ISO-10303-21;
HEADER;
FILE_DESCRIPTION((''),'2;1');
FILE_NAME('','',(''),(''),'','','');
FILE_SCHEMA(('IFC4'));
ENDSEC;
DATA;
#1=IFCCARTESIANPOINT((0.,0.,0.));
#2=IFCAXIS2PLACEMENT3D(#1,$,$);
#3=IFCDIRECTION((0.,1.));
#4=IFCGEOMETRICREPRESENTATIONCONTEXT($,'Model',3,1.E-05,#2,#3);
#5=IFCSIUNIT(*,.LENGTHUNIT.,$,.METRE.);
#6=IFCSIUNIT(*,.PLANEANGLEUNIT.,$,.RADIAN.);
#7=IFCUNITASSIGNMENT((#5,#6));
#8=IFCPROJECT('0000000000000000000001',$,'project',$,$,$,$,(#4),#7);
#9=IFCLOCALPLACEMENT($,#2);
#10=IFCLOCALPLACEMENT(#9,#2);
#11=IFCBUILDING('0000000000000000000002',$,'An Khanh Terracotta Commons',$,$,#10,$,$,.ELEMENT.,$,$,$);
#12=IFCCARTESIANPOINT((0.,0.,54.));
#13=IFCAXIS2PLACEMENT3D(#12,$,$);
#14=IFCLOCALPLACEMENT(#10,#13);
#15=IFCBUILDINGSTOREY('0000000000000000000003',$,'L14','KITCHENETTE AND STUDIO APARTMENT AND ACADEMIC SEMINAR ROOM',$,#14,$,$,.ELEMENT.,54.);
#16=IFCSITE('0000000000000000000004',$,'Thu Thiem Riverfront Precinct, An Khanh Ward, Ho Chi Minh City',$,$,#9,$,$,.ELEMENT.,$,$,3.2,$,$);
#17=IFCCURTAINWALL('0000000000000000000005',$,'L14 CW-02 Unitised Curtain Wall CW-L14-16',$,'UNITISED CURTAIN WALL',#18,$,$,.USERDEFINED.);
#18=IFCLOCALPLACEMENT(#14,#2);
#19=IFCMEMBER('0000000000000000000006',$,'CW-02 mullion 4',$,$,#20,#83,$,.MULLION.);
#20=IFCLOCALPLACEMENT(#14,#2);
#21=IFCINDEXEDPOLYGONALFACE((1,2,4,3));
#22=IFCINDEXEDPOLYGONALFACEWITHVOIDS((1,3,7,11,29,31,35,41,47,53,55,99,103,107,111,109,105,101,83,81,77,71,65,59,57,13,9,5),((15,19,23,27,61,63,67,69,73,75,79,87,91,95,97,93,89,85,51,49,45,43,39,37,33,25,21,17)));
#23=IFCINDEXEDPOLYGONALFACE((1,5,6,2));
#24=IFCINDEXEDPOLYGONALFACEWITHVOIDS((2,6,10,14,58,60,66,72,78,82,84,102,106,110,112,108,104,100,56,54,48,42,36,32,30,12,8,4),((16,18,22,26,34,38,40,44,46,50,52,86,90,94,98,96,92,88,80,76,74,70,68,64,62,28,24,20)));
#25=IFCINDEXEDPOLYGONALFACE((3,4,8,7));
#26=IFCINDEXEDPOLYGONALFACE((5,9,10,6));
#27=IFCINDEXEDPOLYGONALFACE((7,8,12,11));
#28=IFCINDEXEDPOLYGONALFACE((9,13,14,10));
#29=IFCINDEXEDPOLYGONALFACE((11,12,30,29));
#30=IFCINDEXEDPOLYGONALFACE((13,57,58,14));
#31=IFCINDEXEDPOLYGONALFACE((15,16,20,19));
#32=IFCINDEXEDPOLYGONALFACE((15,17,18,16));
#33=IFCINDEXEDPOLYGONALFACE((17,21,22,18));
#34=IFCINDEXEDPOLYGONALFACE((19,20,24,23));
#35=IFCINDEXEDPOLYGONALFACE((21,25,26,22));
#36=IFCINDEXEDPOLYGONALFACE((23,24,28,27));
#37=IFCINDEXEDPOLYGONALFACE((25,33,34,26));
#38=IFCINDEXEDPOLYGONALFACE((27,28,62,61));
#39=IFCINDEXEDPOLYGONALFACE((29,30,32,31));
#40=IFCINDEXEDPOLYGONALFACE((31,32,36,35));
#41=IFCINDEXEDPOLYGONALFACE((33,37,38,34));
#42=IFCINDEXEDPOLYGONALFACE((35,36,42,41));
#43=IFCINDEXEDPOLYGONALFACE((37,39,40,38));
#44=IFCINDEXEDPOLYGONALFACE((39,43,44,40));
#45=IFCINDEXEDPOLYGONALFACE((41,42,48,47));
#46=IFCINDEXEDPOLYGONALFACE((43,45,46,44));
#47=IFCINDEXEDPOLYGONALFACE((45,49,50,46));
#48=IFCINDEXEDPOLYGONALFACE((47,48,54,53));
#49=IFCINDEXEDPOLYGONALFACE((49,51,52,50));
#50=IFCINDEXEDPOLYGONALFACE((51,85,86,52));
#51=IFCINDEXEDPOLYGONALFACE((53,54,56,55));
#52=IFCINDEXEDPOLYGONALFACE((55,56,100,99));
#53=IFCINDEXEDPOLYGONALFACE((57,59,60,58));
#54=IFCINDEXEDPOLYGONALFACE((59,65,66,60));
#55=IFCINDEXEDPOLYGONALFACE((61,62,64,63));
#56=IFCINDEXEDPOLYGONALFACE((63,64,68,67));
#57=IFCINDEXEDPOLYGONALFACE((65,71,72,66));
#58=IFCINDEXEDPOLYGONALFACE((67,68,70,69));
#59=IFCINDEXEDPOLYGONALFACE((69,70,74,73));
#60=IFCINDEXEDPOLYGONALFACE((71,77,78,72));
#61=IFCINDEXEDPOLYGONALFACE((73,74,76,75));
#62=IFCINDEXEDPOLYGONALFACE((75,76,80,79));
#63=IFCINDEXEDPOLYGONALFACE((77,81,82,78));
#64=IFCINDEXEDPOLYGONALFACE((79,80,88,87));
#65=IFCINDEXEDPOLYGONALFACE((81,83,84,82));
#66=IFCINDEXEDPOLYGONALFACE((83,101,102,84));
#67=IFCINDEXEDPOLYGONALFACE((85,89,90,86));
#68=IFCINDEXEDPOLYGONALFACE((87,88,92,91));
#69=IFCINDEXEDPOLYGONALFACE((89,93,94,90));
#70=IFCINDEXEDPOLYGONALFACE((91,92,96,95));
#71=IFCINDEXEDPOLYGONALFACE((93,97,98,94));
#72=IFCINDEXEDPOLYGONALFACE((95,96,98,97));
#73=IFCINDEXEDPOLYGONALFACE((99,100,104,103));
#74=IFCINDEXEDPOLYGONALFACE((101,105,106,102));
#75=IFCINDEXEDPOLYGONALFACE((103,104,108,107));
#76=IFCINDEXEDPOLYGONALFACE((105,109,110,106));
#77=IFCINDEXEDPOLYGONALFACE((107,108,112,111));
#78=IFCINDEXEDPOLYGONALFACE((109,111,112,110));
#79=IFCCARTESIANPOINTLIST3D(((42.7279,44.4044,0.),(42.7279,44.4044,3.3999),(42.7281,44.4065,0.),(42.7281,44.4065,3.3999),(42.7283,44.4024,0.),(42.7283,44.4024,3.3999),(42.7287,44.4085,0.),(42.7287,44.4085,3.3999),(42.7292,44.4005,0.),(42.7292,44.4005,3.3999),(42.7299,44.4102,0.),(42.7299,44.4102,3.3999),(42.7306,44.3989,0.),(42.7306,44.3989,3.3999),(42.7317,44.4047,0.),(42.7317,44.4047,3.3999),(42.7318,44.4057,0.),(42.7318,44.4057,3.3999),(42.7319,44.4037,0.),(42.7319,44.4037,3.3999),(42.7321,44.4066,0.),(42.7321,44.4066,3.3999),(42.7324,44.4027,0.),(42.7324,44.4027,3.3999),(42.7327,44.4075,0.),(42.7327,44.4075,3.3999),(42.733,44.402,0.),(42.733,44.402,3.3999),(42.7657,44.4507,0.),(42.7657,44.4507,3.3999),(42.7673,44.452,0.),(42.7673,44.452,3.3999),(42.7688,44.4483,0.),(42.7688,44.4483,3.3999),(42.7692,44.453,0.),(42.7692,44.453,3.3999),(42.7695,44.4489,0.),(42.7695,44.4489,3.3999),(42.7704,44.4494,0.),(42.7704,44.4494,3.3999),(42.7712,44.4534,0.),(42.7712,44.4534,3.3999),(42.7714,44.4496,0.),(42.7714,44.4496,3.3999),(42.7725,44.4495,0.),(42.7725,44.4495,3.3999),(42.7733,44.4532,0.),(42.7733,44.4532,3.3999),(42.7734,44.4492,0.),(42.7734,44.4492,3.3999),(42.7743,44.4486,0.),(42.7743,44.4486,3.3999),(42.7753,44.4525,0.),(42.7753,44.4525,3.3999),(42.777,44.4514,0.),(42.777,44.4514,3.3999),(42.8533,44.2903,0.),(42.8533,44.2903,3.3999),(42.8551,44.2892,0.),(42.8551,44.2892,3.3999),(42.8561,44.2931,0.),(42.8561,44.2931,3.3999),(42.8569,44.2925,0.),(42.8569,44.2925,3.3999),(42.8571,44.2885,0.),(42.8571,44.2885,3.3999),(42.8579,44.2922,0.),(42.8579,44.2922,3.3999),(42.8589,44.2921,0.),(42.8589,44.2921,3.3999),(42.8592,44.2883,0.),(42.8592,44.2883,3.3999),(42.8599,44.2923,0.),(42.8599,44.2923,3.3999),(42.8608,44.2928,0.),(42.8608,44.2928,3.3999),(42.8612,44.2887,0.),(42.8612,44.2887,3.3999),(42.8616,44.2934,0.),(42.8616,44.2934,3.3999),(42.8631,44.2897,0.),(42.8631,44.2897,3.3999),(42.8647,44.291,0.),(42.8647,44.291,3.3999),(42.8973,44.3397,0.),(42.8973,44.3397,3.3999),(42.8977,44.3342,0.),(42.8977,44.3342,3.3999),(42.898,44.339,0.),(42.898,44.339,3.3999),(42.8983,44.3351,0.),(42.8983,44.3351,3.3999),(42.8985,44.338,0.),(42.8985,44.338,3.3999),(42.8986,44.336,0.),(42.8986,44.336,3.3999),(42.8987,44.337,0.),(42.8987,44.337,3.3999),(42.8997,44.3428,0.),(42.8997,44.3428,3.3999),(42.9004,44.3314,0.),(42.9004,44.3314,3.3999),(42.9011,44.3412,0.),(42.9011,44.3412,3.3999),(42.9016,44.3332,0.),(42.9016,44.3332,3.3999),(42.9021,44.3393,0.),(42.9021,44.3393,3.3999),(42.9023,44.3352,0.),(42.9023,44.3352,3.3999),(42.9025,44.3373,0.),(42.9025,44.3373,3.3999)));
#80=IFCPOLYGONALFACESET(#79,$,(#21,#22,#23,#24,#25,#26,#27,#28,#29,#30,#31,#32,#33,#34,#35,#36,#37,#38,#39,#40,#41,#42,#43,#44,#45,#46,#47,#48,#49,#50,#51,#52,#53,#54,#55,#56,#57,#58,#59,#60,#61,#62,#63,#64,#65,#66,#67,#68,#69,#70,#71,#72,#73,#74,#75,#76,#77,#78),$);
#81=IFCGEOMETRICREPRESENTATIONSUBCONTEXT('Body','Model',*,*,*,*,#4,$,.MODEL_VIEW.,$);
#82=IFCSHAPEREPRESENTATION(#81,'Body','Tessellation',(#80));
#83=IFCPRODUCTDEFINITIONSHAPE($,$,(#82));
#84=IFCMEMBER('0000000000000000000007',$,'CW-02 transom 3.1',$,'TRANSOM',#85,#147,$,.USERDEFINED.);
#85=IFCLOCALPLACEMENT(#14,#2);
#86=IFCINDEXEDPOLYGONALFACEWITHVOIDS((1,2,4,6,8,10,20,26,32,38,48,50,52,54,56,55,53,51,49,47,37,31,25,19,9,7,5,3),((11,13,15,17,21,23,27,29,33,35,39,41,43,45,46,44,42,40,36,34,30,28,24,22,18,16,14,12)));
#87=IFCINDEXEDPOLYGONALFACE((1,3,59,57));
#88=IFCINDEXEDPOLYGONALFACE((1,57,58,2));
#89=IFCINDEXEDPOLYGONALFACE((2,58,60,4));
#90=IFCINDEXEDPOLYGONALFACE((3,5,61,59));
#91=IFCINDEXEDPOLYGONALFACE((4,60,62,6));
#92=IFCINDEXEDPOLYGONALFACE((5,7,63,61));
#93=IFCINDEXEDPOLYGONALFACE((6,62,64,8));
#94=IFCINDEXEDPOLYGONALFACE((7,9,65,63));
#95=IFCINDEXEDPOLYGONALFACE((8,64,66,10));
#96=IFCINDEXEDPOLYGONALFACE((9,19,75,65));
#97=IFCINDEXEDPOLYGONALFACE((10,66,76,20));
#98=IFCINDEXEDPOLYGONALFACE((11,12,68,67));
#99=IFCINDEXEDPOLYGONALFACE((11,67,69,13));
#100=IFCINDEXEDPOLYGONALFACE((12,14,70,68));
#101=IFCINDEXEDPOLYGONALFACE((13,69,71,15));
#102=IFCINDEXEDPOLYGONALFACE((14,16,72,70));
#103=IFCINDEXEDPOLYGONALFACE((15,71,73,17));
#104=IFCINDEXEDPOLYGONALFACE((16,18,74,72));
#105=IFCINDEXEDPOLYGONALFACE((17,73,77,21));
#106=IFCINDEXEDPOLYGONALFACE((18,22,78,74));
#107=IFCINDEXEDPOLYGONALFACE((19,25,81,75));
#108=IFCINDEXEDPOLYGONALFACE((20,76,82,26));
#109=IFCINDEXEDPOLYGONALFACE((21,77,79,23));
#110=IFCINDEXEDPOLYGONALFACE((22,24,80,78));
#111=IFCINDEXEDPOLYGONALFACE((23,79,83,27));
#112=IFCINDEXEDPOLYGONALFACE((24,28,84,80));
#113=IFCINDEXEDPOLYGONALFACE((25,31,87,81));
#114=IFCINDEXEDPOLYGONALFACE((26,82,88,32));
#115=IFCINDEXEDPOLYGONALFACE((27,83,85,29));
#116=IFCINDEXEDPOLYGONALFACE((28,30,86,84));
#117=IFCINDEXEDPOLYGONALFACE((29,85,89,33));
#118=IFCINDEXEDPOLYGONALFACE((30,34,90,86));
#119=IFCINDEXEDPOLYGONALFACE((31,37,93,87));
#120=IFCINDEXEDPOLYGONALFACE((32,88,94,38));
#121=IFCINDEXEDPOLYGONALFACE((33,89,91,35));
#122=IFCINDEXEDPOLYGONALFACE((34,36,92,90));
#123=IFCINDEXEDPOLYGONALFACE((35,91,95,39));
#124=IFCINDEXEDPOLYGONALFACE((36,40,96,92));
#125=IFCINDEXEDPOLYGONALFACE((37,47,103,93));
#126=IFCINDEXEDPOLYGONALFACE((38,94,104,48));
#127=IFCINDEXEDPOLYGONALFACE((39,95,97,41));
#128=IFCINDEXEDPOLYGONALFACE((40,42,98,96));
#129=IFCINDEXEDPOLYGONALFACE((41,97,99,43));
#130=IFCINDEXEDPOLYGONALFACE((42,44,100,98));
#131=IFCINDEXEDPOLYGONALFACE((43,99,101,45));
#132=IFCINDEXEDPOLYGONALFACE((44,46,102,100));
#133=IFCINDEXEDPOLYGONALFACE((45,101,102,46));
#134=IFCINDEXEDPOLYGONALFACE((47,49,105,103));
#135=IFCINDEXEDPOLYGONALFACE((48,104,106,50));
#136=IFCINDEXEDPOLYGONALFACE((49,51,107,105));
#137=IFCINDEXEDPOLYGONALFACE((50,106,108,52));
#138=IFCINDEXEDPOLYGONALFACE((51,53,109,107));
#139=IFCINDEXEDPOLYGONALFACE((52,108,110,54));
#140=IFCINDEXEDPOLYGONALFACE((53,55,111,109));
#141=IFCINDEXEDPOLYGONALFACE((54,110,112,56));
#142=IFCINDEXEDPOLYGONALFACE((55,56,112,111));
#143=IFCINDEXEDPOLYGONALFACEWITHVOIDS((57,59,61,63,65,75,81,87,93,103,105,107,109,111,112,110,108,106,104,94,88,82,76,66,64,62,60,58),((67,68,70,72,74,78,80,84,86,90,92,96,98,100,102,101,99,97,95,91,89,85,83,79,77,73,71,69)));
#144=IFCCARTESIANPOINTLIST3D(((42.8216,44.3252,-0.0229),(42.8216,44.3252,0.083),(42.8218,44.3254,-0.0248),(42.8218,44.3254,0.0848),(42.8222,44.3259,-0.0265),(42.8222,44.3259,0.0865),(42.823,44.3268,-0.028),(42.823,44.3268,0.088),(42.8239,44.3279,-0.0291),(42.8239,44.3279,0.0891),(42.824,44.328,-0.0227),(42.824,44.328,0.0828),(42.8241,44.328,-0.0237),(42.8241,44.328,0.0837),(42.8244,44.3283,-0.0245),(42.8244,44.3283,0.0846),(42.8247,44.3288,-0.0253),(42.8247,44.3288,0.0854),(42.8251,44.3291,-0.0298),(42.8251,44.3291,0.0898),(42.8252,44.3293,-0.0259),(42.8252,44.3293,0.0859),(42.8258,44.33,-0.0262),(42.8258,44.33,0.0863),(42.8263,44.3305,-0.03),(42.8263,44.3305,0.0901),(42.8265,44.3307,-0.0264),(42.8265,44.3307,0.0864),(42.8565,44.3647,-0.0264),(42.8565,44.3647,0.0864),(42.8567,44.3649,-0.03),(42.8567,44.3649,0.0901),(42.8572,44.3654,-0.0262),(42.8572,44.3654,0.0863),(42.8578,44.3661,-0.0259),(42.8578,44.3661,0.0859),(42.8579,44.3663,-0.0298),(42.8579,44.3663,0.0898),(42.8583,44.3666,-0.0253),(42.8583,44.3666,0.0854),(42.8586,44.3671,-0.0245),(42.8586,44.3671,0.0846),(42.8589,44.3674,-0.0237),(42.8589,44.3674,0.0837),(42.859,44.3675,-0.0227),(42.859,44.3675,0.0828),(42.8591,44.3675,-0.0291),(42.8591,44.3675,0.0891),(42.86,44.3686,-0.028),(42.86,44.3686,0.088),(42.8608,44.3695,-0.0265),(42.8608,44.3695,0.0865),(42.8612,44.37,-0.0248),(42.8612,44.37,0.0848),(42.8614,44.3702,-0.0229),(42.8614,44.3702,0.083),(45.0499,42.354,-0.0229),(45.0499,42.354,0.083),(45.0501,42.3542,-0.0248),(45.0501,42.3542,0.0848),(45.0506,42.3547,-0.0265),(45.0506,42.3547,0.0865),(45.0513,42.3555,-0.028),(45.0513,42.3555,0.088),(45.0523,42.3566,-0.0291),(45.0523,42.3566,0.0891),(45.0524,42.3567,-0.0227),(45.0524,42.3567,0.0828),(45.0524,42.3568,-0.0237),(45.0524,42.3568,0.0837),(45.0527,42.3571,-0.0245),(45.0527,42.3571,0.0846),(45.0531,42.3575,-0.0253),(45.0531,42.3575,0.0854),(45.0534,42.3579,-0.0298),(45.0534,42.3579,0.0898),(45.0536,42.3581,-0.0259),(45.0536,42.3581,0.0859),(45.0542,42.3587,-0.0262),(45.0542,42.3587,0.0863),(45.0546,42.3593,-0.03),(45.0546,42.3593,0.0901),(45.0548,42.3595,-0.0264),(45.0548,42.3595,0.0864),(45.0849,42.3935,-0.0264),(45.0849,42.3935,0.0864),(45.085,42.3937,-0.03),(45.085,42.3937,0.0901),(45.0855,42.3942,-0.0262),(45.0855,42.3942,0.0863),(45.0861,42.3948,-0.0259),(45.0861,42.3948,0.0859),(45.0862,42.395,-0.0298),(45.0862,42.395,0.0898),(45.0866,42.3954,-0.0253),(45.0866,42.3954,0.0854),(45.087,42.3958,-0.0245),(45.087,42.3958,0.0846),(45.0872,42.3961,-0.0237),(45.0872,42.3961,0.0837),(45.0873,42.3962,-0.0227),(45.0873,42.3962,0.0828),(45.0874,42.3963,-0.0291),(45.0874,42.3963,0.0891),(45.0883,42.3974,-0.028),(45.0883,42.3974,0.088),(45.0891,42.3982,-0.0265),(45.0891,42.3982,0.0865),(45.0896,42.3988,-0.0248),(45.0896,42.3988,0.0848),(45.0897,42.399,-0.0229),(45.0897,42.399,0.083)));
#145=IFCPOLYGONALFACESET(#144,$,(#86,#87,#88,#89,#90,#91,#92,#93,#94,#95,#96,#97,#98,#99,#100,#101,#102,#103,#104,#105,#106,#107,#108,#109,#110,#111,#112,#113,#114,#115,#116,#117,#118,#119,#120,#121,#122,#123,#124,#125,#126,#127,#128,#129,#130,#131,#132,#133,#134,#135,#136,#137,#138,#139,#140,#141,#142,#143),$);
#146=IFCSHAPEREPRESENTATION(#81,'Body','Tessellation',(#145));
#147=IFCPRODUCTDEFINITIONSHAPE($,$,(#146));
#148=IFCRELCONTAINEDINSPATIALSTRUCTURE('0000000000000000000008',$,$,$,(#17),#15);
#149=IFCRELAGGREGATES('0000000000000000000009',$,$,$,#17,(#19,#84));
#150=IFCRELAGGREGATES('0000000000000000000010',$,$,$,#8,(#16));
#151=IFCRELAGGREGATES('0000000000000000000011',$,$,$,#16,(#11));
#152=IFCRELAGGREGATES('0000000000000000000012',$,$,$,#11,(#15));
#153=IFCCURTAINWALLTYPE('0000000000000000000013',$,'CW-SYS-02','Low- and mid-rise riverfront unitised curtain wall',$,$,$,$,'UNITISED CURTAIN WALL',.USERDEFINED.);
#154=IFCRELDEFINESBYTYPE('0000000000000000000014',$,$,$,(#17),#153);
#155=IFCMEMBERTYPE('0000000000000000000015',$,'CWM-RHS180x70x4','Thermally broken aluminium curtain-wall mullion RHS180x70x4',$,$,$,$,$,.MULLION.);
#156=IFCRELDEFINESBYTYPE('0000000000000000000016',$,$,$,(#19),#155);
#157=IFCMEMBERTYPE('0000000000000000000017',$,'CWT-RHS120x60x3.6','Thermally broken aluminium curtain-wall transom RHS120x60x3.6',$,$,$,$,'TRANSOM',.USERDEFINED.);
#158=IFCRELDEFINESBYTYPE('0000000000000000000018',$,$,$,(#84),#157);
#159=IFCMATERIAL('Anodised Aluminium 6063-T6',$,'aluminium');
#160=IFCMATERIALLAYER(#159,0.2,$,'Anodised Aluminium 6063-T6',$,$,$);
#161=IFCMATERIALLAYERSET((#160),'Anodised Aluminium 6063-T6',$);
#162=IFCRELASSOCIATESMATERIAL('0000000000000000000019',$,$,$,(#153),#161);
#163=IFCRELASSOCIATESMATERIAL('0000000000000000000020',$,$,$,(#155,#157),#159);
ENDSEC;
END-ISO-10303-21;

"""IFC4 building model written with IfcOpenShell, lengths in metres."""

from ifc_helpers import new_model, si_unit, direction, frame, origin, origin_2d, place, context, subcontext, project, spatial, hollow_rectangle, extrude, material, layer, layer_set, material_profile, profile_set, type_object, element, aggregate, save


model = new_model("IFC4")

# Units and contexts
model_context = context("Model", 3, precision=1e-05, world=origin(), true_north=direction((0.0, 1.0)))
body_context = subcontext(model_context, "Body", "Model", "MODEL_VIEW")
ifc_project = project(units=[si_unit("LENGTHUNIT", "METRE"), si_unit("PLANEANGLEUNIT", "RADIAN")], contexts=[model_context])

# Site, building, storey
site_placement = place(None, origin())
site = spatial("IfcSite", under=ifc_project, at=site_placement, Name="Thu Thiem Riverfront Precinct, An Khanh Ward, Ho Chi Minh City", CompositionType="ELEMENT", RefElevation=3.2)
building_placement = place(site_placement, origin())
building = spatial("IfcBuilding", under=site, at=building_placement, Name="An Khanh Terracotta Commons", CompositionType="ELEMENT")
storey_placement = place(building_placement, frame((0.0, 0.0, 54.0)))
storey = spatial("IfcBuildingStorey", under=building, at=storey_placement, Name="L14", Description="KITCHENETTE AND STUDIO APARTMENT AND ACADEMIC SEMINAR ROOM", CompositionType="ELEMENT", Elevation=54.0)

# Curtain wall, members
ifc_material_1 = material(Name="Anodised Aluminium 6063-T6", Category="aluminium")
ifc_layer_1 = layer(ifc_material_1, 0.2, Name="Anodised Aluminium 6063-T6")
ifc_layer_set_1 = layer_set([ifc_layer_1], Name="Anodised Aluminium 6063-T6")
curtain_wall_type = type_object("IfcCurtainWallType", Name="CW-SYS-02", Description="Low- and mid-rise riverfront unitised curtain wall", ElementType="UNITISED CURTAIN WALL", PredefinedType="USERDEFINED", material=ifc_layer_set_1)
curtain_wall_placement = place(storey_placement, origin())
curtain_wall = element("IfcCurtainWall", 1, at=curtain_wall_placement, inside=storey, type_object=curtain_wall_type, Name="L14 CW-02 Unitised Curtain Wall CW-L14-16", ObjectType="UNITISED CURTAIN WALL", PredefinedType="USERDEFINED")
ifc_material_profile_1 = material_profile(ifc_material_1, hollow_rectangle(XDim=0.0701, YDim=0.1799, WallThickness=0.0039, InnerFilletRadius=0.0039, OuterFilletRadius=0.0081, at=origin_2d()), Name="RHS180x70x4")
ifc_profile_set_1 = profile_set([ifc_material_profile_1], Name="Anodised Aluminium 6063-T6")
member_type_1 = type_object("IfcMemberType", Name="CWM-RHS180x70x4", Description="Thermally broken aluminium curtain-wall mullion RHS180x70x4", PredefinedType="MULLION", material=ifc_profile_set_1)
member_1_placement = place(storey_placement, frame((42.8152, 44.3708, 0.0), z_axis=(0.0, 0.0, 1.0), x_axis=(-0.662548, -0.749019, 0.0)))
member_1 = element("IfcMember", 2, at=member_1_placement, type_object=member_type_1, Name="CW-02 mullion 4", PredefinedType="MULLION", context=body_context, shape_type="SweptSolid", body=[
    extrude(hollow_rectangle(XDim=0.0701, YDim=0.1799, WallThickness=0.0039, InnerFilletRadius=0.0039, OuterFilletRadius=0.0081, at=origin_2d()), origin(), (0.0, 0.0, 1.0), 3.3999),
])
ifc_material_profile_2 = material_profile(ifc_material_1, hollow_rectangle(XDim=0.0601, YDim=0.1201, WallThickness=0.0037, InnerFilletRadius=0.0037, OuterFilletRadius=0.0071, at=origin_2d()), Name="RHS120x60x3.6")
ifc_profile_set_2 = profile_set([ifc_material_profile_2], Name="Anodised Aluminium 6063-T6")
member_type_2 = type_object("IfcMemberType", Name="CWT-RHS120x60x3.6", Description="Thermally broken aluminium curtain-wall transom RHS120x60x3.6", ElementType="TRANSOM", PredefinedType="USERDEFINED", material=ifc_profile_set_2)
member_2_placement = place(storey_placement, frame((45.0698, 42.3765, 0.03), z_axis=(-0.748992, 0.662579, 0.0), x_axis=(-0.662579, -0.748992, 0.0)))
member_2 = element("IfcMember", 3, at=member_2_placement, type_object=member_type_2, Name="CW-02 transom 3.1", ObjectType="TRANSOM", PredefinedType="USERDEFINED", context=body_context, shape_type="SweptSolid", body=[
    extrude(hollow_rectangle(XDim=0.0601, YDim=0.1201, WallThickness=0.0037, InnerFilletRadius=0.0037, OuterFilletRadius=0.0071, at=origin_2d()), origin(), (0.0, 0.0, 1.0), 2.9751),
])
aggregate(curtain_wall, [member_1, member_2])

save(model, "model.ifc")
